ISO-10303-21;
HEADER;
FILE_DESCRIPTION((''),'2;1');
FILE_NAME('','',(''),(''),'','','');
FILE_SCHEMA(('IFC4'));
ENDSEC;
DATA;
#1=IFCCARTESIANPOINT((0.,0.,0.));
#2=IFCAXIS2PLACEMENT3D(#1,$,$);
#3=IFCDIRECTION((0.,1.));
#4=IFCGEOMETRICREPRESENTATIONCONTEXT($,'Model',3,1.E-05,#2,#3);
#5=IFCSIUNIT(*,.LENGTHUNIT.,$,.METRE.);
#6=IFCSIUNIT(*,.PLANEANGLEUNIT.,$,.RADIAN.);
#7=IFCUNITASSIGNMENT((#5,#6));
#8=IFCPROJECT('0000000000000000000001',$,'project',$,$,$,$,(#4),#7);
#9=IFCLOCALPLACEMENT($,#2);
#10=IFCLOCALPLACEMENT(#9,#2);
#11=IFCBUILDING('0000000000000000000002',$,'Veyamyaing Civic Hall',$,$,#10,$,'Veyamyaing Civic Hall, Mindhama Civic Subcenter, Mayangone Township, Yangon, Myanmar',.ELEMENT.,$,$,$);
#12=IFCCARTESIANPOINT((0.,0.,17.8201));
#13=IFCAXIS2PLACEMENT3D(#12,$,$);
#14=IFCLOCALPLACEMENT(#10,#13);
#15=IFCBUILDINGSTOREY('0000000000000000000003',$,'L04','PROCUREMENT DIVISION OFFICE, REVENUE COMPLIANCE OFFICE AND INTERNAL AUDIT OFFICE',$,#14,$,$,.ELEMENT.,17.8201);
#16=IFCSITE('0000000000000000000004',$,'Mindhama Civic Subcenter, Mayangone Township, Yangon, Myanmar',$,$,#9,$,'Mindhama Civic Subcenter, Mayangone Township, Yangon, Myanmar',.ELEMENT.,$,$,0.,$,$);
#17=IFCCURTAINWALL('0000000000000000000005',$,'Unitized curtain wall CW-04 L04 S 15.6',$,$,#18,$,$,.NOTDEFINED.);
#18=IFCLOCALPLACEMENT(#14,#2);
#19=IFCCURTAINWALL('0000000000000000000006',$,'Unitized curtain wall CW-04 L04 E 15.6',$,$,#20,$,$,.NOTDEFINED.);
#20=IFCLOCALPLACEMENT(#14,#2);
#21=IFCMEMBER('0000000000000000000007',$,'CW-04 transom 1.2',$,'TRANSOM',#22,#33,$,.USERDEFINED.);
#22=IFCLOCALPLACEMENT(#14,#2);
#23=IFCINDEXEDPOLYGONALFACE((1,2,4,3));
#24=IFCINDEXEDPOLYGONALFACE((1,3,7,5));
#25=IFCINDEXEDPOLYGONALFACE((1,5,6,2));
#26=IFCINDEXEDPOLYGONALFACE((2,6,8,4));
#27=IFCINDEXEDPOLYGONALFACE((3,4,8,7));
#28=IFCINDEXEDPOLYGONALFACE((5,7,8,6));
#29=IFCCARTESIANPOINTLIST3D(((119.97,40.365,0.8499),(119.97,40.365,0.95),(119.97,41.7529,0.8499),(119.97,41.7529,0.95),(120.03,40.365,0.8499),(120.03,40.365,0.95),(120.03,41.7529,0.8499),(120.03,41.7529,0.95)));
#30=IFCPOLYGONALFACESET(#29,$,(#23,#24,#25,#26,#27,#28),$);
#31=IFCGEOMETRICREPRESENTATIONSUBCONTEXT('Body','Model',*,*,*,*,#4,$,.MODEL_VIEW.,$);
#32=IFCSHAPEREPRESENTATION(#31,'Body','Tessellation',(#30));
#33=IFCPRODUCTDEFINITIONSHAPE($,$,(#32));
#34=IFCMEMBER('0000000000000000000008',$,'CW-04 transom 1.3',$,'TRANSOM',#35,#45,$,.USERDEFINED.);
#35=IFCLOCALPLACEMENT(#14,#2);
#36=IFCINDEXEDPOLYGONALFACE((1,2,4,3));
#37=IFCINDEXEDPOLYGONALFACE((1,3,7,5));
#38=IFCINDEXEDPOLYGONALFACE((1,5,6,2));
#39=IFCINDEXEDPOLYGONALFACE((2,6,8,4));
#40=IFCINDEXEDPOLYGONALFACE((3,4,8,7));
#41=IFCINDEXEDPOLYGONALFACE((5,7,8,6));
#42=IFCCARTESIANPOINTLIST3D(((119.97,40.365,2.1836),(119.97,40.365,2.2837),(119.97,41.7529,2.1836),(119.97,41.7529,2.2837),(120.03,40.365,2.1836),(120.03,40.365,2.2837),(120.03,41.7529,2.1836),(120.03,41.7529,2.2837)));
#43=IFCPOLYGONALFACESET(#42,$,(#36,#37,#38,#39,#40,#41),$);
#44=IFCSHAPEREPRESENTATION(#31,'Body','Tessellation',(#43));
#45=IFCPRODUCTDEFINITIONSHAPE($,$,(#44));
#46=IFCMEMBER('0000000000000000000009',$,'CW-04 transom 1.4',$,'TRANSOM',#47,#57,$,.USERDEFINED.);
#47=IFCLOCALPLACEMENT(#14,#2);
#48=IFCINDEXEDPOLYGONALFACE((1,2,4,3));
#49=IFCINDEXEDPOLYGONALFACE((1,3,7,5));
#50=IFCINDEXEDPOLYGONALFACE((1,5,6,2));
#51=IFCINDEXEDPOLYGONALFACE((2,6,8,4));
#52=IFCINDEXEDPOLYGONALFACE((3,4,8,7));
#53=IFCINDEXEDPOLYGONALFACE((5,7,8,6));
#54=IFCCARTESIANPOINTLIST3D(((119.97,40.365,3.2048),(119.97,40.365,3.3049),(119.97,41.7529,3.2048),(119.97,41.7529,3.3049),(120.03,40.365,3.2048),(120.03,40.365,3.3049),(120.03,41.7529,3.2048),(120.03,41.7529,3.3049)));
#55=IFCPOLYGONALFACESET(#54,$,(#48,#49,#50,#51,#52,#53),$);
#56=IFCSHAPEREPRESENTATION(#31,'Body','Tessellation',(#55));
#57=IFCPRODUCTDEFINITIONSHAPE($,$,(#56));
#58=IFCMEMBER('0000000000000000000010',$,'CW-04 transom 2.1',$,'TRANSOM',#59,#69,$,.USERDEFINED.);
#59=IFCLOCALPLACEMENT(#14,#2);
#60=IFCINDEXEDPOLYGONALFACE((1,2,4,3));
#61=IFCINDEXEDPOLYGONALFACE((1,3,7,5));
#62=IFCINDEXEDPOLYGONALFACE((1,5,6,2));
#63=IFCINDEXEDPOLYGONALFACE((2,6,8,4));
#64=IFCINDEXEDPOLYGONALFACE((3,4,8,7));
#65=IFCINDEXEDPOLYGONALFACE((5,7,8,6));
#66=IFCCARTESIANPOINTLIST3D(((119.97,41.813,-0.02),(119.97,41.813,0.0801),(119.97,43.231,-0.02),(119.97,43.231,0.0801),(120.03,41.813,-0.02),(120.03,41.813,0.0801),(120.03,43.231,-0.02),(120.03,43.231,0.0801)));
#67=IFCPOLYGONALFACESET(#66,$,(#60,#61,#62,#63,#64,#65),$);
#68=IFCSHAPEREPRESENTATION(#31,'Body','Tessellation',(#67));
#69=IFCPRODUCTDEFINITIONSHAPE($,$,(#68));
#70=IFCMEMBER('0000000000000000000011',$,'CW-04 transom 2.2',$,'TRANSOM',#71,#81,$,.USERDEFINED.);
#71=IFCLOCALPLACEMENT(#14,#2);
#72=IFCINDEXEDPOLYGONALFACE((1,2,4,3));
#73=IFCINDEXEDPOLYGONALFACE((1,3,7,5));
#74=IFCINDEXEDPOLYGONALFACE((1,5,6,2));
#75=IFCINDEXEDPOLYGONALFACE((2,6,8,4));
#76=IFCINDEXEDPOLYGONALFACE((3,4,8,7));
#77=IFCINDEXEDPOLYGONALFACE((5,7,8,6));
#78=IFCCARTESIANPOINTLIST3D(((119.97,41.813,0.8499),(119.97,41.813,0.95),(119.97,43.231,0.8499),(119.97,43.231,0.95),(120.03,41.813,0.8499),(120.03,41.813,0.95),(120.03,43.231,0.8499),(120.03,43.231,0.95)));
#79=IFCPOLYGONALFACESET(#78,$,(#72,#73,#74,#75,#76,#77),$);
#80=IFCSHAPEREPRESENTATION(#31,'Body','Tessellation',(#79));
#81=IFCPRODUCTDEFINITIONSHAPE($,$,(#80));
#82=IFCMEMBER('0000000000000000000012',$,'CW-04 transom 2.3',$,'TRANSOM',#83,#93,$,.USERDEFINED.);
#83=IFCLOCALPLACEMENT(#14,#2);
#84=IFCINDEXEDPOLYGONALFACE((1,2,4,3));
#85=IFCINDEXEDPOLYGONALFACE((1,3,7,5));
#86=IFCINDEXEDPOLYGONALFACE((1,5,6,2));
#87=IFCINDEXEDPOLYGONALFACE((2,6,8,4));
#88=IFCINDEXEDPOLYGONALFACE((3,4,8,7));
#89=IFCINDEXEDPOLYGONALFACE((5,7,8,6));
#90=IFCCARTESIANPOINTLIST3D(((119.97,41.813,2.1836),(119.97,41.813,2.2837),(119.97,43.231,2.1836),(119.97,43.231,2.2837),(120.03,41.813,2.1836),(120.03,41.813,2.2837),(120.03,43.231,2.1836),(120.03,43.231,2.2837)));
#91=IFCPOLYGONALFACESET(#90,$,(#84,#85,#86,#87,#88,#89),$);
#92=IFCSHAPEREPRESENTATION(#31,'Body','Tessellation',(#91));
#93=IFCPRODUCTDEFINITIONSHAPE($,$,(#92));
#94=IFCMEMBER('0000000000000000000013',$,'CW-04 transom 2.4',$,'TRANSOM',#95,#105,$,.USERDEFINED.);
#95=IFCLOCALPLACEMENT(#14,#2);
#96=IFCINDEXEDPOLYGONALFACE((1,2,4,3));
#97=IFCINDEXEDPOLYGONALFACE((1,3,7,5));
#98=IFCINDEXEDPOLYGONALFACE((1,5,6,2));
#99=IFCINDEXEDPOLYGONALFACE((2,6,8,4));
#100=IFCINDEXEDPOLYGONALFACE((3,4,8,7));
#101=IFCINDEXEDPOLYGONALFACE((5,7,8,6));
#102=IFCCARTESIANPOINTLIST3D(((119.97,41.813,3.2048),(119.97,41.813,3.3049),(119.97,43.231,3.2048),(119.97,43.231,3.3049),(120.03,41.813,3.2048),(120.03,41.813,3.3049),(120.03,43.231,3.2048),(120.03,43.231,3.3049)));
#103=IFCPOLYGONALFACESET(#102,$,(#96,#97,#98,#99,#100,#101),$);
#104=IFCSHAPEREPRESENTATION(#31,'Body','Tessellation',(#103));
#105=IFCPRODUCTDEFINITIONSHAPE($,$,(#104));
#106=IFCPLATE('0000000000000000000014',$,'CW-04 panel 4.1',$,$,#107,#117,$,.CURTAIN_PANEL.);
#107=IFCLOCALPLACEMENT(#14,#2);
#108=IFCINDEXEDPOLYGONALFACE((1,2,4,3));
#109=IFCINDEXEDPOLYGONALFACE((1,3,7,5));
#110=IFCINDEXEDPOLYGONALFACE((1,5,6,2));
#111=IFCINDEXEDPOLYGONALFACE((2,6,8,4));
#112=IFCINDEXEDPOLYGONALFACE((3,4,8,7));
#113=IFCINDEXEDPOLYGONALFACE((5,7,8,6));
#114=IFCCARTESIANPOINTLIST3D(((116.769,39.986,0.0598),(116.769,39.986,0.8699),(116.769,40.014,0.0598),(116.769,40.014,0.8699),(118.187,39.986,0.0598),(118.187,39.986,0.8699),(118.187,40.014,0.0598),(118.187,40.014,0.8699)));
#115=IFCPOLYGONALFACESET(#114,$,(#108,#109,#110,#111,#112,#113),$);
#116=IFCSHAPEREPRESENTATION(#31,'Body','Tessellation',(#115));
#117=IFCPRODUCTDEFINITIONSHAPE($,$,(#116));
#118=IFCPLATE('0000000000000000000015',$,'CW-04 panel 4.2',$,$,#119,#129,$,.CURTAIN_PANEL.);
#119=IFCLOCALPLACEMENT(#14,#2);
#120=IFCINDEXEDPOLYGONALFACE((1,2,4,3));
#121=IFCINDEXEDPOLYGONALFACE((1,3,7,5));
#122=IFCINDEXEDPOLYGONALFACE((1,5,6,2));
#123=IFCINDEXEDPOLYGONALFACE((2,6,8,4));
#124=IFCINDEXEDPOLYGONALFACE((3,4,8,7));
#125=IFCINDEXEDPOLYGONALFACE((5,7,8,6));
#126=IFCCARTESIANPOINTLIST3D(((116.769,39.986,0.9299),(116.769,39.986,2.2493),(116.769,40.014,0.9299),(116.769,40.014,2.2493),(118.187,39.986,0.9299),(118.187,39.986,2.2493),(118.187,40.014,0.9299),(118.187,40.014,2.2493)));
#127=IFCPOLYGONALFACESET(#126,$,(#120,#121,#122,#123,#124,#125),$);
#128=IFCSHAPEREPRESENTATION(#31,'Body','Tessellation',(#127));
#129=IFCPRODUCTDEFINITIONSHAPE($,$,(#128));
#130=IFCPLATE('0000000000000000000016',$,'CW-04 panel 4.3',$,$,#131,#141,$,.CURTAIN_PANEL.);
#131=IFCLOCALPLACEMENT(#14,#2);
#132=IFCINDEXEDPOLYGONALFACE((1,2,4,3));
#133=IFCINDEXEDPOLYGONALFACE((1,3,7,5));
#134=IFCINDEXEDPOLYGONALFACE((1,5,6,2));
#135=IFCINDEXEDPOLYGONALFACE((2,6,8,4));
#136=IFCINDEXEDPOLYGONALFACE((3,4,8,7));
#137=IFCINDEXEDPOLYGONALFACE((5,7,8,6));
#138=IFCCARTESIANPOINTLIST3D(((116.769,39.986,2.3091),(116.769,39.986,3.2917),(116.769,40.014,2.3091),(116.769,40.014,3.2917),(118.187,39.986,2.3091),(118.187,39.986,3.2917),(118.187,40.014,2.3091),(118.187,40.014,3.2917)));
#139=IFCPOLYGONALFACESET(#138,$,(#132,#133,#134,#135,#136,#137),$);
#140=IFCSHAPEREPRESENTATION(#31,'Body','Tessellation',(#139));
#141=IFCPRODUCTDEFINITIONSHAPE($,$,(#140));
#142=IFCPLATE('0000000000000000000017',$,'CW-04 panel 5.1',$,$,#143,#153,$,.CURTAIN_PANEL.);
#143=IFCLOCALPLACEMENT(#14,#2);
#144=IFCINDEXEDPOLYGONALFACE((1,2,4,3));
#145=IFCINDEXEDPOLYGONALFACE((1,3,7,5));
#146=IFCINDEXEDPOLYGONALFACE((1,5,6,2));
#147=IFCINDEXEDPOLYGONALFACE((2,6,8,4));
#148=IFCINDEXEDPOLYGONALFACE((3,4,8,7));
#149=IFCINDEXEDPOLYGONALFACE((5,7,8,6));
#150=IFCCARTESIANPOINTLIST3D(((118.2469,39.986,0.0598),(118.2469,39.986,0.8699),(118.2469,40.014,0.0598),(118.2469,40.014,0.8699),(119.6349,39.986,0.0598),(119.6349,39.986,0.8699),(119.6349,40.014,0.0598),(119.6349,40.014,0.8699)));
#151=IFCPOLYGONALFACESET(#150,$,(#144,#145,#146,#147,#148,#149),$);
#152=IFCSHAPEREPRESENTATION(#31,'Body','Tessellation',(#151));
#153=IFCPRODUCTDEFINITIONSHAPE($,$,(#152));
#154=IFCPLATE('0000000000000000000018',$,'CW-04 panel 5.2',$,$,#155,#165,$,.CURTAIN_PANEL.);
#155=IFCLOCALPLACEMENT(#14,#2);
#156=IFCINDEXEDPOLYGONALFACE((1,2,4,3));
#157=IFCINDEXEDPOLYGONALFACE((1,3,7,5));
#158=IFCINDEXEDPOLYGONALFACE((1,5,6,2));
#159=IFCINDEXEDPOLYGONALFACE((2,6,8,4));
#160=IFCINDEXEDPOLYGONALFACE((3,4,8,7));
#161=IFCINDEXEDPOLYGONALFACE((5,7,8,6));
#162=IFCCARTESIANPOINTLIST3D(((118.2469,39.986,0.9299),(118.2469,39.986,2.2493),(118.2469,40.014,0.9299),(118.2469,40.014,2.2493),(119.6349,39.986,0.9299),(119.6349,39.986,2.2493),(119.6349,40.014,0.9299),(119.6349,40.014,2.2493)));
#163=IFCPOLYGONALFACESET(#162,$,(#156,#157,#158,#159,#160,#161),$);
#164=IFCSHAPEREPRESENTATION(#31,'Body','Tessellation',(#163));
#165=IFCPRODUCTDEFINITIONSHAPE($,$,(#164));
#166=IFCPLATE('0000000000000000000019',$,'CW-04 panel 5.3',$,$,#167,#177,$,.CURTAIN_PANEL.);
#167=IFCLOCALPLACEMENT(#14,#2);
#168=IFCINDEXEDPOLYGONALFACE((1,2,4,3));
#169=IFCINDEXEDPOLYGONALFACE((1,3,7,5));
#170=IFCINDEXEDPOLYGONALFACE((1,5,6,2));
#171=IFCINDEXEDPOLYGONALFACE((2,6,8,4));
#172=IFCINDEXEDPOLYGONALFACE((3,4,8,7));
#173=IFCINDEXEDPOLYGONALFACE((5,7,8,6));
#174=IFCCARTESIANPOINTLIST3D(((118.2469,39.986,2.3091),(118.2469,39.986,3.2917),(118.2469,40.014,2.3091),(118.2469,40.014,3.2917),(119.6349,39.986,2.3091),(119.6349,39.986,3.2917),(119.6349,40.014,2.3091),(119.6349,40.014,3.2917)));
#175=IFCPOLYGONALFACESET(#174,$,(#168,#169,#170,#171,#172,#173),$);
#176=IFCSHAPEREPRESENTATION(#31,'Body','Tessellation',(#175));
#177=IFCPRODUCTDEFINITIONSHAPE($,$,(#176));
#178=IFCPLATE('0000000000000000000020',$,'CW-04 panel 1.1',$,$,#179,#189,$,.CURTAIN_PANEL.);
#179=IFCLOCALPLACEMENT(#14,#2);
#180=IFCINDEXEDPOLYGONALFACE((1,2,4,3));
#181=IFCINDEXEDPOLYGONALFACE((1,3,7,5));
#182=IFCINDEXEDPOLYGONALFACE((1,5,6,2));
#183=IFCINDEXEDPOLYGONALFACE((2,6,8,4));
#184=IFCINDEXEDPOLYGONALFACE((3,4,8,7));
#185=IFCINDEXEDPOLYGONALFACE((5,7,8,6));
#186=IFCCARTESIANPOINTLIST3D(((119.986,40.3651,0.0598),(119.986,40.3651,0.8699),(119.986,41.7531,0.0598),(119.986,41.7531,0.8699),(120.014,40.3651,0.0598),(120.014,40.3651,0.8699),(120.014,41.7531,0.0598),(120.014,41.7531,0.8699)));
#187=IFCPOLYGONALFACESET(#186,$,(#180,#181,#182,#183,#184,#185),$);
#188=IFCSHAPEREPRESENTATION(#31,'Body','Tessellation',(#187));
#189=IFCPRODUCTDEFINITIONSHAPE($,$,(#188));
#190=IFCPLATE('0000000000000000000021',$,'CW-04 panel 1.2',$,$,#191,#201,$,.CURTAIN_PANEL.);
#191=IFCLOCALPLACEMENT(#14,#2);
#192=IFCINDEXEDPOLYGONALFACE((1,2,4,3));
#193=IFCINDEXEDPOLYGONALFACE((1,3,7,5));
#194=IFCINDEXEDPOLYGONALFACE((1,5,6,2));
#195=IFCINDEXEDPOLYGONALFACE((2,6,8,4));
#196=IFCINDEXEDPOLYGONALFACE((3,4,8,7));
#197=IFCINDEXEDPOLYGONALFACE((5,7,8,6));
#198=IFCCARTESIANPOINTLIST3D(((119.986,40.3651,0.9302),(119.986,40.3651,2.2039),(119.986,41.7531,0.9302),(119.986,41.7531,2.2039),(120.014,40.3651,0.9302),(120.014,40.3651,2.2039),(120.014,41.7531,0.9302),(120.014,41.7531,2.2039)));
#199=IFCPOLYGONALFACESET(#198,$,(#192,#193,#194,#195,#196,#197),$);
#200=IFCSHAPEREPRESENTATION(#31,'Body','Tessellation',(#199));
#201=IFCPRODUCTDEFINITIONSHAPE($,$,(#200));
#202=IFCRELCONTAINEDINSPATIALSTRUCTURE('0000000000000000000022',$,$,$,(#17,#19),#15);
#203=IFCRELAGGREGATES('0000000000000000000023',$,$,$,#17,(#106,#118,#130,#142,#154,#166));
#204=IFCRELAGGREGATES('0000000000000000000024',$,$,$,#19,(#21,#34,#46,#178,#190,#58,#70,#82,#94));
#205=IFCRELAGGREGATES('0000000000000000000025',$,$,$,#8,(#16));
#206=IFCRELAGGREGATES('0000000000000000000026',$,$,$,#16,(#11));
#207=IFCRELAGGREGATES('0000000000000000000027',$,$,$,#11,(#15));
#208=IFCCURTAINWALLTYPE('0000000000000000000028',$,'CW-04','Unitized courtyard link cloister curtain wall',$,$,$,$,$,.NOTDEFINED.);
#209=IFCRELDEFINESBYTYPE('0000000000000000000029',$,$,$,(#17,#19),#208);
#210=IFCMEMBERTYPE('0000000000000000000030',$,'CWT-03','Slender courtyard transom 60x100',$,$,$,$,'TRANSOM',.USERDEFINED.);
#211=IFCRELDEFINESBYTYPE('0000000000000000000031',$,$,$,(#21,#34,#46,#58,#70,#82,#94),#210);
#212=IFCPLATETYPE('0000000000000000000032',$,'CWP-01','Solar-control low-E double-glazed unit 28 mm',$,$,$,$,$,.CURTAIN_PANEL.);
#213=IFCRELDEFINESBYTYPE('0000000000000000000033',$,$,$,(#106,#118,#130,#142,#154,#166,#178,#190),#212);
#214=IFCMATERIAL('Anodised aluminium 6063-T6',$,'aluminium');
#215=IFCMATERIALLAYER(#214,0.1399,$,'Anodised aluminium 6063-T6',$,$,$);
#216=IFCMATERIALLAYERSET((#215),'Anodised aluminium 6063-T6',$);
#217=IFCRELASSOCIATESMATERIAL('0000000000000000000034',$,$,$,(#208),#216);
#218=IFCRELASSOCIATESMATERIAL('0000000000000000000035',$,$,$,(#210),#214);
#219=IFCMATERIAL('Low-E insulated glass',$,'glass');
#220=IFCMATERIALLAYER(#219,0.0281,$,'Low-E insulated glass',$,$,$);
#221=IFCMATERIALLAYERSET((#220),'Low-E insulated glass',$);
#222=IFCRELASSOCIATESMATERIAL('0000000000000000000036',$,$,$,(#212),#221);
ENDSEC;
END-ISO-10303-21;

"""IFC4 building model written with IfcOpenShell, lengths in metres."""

from ifc_helpers import new_model, si_unit, direction, frame, origin, origin_2d, place, context, subcontext, project, spatial, rectangle, extrude, material, layer, layer_set, material_profile, profile_set, type_object, element, aggregate, save


model = new_model("IFC4")

# Units and contexts
model_context = context("Model", 3, precision=1e-05, world=origin(), true_north=direction((0.0, 1.0)))
body_context = subcontext(model_context, "Body", "Model", "MODEL_VIEW")
ifc_project = project(units=[si_unit("LENGTHUNIT", "METRE"), si_unit("PLANEANGLEUNIT", "RADIAN")], contexts=[model_context])

# Site, building, storey
site_placement = place(None, origin())
site = spatial("IfcSite", under=ifc_project, at=site_placement, Name="Mindhama Civic Subcenter, Mayangone Township, Yangon, Myanmar", LongName="Mindhama Civic Subcenter, Mayangone Township, Yangon, Myanmar", CompositionType="ELEMENT", RefElevation=0.0)
building_placement = place(site_placement, origin())
building = spatial("IfcBuilding", under=site, at=building_placement, Name="Veyamyaing Civic Hall", LongName="Veyamyaing Civic Hall, Mindhama Civic Subcenter, Mayangone Township, Yangon, Myanmar", CompositionType="ELEMENT")
storey_placement = place(building_placement, frame((0.0, 0.0, 17.8201)))
storey = spatial("IfcBuildingStorey", under=building, at=storey_placement, Name="L04", Description="PROCUREMENT DIVISION OFFICE, REVENUE COMPLIANCE OFFICE AND INTERNAL AUDIT OFFICE", CompositionType="ELEMENT", Elevation=17.8201)

# Curtain walls
ifc_material_1 = material(Name="Anodised aluminium 6063-T6", Category="aluminium")
ifc_layer_1 = layer(ifc_material_1, 0.1399, Name="Anodised aluminium 6063-T6")
ifc_layer_set_1 = layer_set([ifc_layer_1], Name="Anodised aluminium 6063-T6")
curtain_wall_type = type_object("IfcCurtainWallType", Name="CW-04", Description="Unitized courtyard link cloister curtain wall", PredefinedType="NOTDEFINED", material=ifc_layer_set_1)
curtain_wall_1_placement = place(storey_placement, origin())
curtain_wall_1 = element("IfcCurtainWall", 1, at=curtain_wall_1_placement, inside=storey, type_object=curtain_wall_type, Name="Unitized curtain wall CW-04 L04 S 15.6", PredefinedType="NOTDEFINED")
curtain_wall_2_placement = place(storey_placement, origin())
curtain_wall_2 = element("IfcCurtainWall", 2, at=curtain_wall_2_placement, inside=storey, type_object=curtain_wall_type, Name="Unitized curtain wall CW-04 L04 E 15.6", PredefinedType="NOTDEFINED")

# Members
ifc_material_profile_1 = material_profile(ifc_material_1, rectangle(XDim=0.0601, YDim=0.1001, at=origin_2d()), Name="ALU-TRN-60X100")
ifc_profile_set_1 = profile_set([ifc_material_profile_1], Name="Anodised aluminium 6063-T6")
member_type_1 = type_object("IfcMemberType", Name="CWT-03", Description="Slender courtyard transom 60x100", ElementType="TRANSOM", PredefinedType="USERDEFINED", material=ifc_profile_set_1)
member_1_placement = place(storey_placement, frame((120.0, 40.365, 0.8999), z_axis=(0.0, 1.0, 0.0), x_axis=(-1.0, 0.0, 0.0)))
member_1 = element("IfcMember", 3, at=member_1_placement, type_object=member_type_1, Name="CW-04 transom 1.2", ObjectType="TRANSOM", PredefinedType="USERDEFINED", context=body_context, shape_type="SweptSolid", body=[
    extrude(rectangle(XDim=0.0601, YDim=0.1001, at=origin_2d()), origin(), (0.0, 0.0, 1.0), 1.3879),
])
member_2_placement = place(storey_placement, frame((120.0, 40.365, 2.2336), z_axis=(0.0, 1.0, 0.0), x_axis=(-1.0, 0.0, 0.0)))
member_2 = element("IfcMember", 4, at=member_2_placement, type_object=member_type_1, Name="CW-04 transom 1.3", ObjectType="TRANSOM", PredefinedType="USERDEFINED", context=body_context, shape_type="SweptSolid", body=[
    extrude(rectangle(XDim=0.0601, YDim=0.1001, at=origin_2d()), origin(), (0.0, 0.0, 1.0), 1.3879),
])
member_3_placement = place(storey_placement, frame((120.0, 40.365, 3.2549), z_axis=(0.0, 1.0, 0.0), x_axis=(-1.0, 0.0, 0.0)))
member_3 = element("IfcMember", 5, at=member_3_placement, type_object=member_type_1, Name="CW-04 transom 1.4", ObjectType="TRANSOM", PredefinedType="USERDEFINED", context=body_context, shape_type="SweptSolid", body=[
    extrude(rectangle(XDim=0.0601, YDim=0.1001, at=origin_2d()), origin(), (0.0, 0.0, 1.0), 1.3879),
])
member_4_placement = place(storey_placement, frame((120.0, 41.813, 0.03), z_axis=(0.0, 1.0, 0.0), x_axis=(-1.0, 0.0, 0.0)))
member_4 = element("IfcMember", 6, at=member_4_placement, type_object=member_type_1, Name="CW-04 transom 2.1", ObjectType="TRANSOM", PredefinedType="USERDEFINED", context=body_context, shape_type="SweptSolid", body=[
    extrude(rectangle(XDim=0.0601, YDim=0.1001, at=origin_2d()), origin(), (0.0, 0.0, 1.0), 1.418),
])
member_5_placement = place(storey_placement, frame((120.0, 41.813, 0.8999), z_axis=(0.0, 1.0, 0.0), x_axis=(-1.0, 0.0, 0.0)))
member_5 = element("IfcMember", 7, at=member_5_placement, type_object=member_type_1, Name="CW-04 transom 2.2", ObjectType="TRANSOM", PredefinedType="USERDEFINED", context=body_context, shape_type="SweptSolid", body=[
    extrude(rectangle(XDim=0.0601, YDim=0.1001, at=origin_2d()), origin(), (0.0, 0.0, 1.0), 1.418),
])
member_6_placement = place(storey_placement, frame((120.0, 41.813, 2.2336), z_axis=(0.0, 1.0, 0.0), x_axis=(-1.0, 0.0, 0.0)))
member_6 = element("IfcMember", 8, at=member_6_placement, type_object=member_type_1, Name="CW-04 transom 2.3", ObjectType="TRANSOM", PredefinedType="USERDEFINED", context=body_context, shape_type="SweptSolid", body=[
    extrude(rectangle(XDim=0.0601, YDim=0.1001, at=origin_2d()), origin(), (0.0, 0.0, 1.0), 1.418),
])
member_7_placement = place(storey_placement, frame((120.0, 41.813, 3.2549), z_axis=(0.0, 1.0, 0.0), x_axis=(-1.0, 0.0, 0.0)))
member_7 = element("IfcMember", 9, at=member_7_placement, type_object=member_type_1, Name="CW-04 transom 2.4", ObjectType="TRANSOM", PredefinedType="USERDEFINED", context=body_context, shape_type="SweptSolid", body=[
    extrude(rectangle(XDim=0.0601, YDim=0.1001, at=origin_2d()), origin(), (0.0, 0.0, 1.0), 1.418),
])

# Plates
ifc_material_2 = material(Name="Low-E insulated glass", Category="glass")
ifc_layer_2 = layer(ifc_material_2, 0.0281, Name="Low-E insulated glass")
ifc_layer_set_2 = layer_set([ifc_layer_2], Name="Low-E insulated glass")
plate_type = type_object("IfcPlateType", Name="CWP-01", Description="Solar-control low-E double-glazed unit 28 mm", PredefinedType="CURTAIN_PANEL", material=ifc_layer_set_2)
plate_1_placement = place(storey_placement, frame((117.478, 40.0, 0.0598), z_axis=(0.0, 0.0, 1.0), x_axis=(1.0, 0.0, 0.0)))
plate_1 = element("IfcPlate", 10, at=plate_1_placement, type_object=plate_type, Name="CW-04 panel 4.1", PredefinedType="CURTAIN_PANEL", context=body_context, shape_type="SweptSolid", body=[
    extrude(rectangle(XDim=1.418, YDim=0.0281, at=origin_2d()), origin(), (0.0, 0.0, 1.0), 0.8101),
])
plate_2_placement = place(storey_placement, frame((117.478, 40.0, 0.9299), z_axis=(0.0, 0.0, 1.0), x_axis=(1.0, 0.0, 0.0)))
plate_2 = element("IfcPlate", 11, at=plate_2_placement, type_object=plate_type, Name="CW-04 panel 4.2", PredefinedType="CURTAIN_PANEL", context=body_context, shape_type="SweptSolid", body=[
    extrude(rectangle(XDim=1.418, YDim=0.0281, at=origin_2d()), origin(), (0.0, 0.0, 1.0), 1.3193),
])
plate_3_placement = place(storey_placement, frame((117.478, 40.0, 2.3091), z_axis=(0.0, 0.0, 1.0), x_axis=(1.0, 0.0, 0.0)))
plate_3 = element("IfcPlate", 12, at=plate_3_placement, type_object=plate_type, Name="CW-04 panel 4.3", PredefinedType="CURTAIN_PANEL", context=body_context, shape_type="SweptSolid", body=[
    extrude(rectangle(XDim=1.418, YDim=0.0281, at=origin_2d()), origin(), (0.0, 0.0, 1.0), 0.9827),
])
plate_4_placement = place(storey_placement, frame((118.9409, 40.0, 0.0598), z_axis=(0.0, 0.0, 1.0), x_axis=(1.0, 0.0, 0.0)))
plate_4 = element("IfcPlate", 13, at=plate_4_placement, type_object=plate_type, Name="CW-04 panel 5.1", PredefinedType="CURTAIN_PANEL", context=body_context, shape_type="SweptSolid", body=[
    extrude(rectangle(XDim=1.3879, YDim=0.0281, at=origin_2d()), origin(), (0.0, 0.0, 1.0), 0.8101),
])
plate_5_placement = place(storey_placement, frame((118.9409, 40.0, 0.9299), z_axis=(0.0, 0.0, 1.0), x_axis=(1.0, 0.0, 0.0)))
plate_5 = element("IfcPlate", 14, at=plate_5_placement, type_object=plate_type, Name="CW-04 panel 5.2", PredefinedType="CURTAIN_PANEL", context=body_context, shape_type="SweptSolid", body=[
    extrude(rectangle(XDim=1.3879, YDim=0.0281, at=origin_2d()), origin(), (0.0, 0.0, 1.0), 1.3193),
])
plate_6_placement = place(storey_placement, frame((118.9409, 40.0, 2.3091), z_axis=(0.0, 0.0, 1.0), x_axis=(1.0, 0.0, 0.0)))
plate_6 = element("IfcPlate", 15, at=plate_6_placement, type_object=plate_type, Name="CW-04 panel 5.3", PredefinedType="CURTAIN_PANEL", context=body_context, shape_type="SweptSolid", body=[
    extrude(rectangle(XDim=1.3879, YDim=0.0281, at=origin_2d()), origin(), (0.0, 0.0, 1.0), 0.9827),
])
aggregate(curtain_wall_1, [plate_1, plate_2, plate_3, plate_4, plate_5, plate_6])
plate_7_placement = place(storey_placement, frame((120.0, 41.0591, 0.0598), z_axis=(0.0, 0.0, 1.0), x_axis=(0.0, 1.0, 0.0)))
plate_7 = element("IfcPlate", 16, at=plate_7_placement, type_object=plate_type, Name="CW-04 panel 1.1", PredefinedType="CURTAIN_PANEL", context=body_context, shape_type="SweptSolid", body=[
    extrude(rectangle(XDim=1.3879, YDim=0.0281, at=origin_2d()), origin(), (0.0, 0.0, 1.0), 0.8101),
])
plate_8_placement = place(storey_placement, frame((120.0, 41.0591, 0.9302), z_axis=(0.0, 0.0, 1.0), x_axis=(0.0, 1.0, 0.0)))
plate_8 = element("IfcPlate", 17, at=plate_8_placement, type_object=plate_type, Name="CW-04 panel 1.2", PredefinedType="CURTAIN_PANEL", context=body_context, shape_type="SweptSolid", body=[
    extrude(rectangle(XDim=1.3879, YDim=0.0281, at=origin_2d()), origin(), (0.0, 0.0, 1.0), 1.2737),
])
aggregate(curtain_wall_2, [member_1, member_2, member_3, plate_7, plate_8, member_4, member_5, member_6, member_7])

save(model, "model.ifc")
